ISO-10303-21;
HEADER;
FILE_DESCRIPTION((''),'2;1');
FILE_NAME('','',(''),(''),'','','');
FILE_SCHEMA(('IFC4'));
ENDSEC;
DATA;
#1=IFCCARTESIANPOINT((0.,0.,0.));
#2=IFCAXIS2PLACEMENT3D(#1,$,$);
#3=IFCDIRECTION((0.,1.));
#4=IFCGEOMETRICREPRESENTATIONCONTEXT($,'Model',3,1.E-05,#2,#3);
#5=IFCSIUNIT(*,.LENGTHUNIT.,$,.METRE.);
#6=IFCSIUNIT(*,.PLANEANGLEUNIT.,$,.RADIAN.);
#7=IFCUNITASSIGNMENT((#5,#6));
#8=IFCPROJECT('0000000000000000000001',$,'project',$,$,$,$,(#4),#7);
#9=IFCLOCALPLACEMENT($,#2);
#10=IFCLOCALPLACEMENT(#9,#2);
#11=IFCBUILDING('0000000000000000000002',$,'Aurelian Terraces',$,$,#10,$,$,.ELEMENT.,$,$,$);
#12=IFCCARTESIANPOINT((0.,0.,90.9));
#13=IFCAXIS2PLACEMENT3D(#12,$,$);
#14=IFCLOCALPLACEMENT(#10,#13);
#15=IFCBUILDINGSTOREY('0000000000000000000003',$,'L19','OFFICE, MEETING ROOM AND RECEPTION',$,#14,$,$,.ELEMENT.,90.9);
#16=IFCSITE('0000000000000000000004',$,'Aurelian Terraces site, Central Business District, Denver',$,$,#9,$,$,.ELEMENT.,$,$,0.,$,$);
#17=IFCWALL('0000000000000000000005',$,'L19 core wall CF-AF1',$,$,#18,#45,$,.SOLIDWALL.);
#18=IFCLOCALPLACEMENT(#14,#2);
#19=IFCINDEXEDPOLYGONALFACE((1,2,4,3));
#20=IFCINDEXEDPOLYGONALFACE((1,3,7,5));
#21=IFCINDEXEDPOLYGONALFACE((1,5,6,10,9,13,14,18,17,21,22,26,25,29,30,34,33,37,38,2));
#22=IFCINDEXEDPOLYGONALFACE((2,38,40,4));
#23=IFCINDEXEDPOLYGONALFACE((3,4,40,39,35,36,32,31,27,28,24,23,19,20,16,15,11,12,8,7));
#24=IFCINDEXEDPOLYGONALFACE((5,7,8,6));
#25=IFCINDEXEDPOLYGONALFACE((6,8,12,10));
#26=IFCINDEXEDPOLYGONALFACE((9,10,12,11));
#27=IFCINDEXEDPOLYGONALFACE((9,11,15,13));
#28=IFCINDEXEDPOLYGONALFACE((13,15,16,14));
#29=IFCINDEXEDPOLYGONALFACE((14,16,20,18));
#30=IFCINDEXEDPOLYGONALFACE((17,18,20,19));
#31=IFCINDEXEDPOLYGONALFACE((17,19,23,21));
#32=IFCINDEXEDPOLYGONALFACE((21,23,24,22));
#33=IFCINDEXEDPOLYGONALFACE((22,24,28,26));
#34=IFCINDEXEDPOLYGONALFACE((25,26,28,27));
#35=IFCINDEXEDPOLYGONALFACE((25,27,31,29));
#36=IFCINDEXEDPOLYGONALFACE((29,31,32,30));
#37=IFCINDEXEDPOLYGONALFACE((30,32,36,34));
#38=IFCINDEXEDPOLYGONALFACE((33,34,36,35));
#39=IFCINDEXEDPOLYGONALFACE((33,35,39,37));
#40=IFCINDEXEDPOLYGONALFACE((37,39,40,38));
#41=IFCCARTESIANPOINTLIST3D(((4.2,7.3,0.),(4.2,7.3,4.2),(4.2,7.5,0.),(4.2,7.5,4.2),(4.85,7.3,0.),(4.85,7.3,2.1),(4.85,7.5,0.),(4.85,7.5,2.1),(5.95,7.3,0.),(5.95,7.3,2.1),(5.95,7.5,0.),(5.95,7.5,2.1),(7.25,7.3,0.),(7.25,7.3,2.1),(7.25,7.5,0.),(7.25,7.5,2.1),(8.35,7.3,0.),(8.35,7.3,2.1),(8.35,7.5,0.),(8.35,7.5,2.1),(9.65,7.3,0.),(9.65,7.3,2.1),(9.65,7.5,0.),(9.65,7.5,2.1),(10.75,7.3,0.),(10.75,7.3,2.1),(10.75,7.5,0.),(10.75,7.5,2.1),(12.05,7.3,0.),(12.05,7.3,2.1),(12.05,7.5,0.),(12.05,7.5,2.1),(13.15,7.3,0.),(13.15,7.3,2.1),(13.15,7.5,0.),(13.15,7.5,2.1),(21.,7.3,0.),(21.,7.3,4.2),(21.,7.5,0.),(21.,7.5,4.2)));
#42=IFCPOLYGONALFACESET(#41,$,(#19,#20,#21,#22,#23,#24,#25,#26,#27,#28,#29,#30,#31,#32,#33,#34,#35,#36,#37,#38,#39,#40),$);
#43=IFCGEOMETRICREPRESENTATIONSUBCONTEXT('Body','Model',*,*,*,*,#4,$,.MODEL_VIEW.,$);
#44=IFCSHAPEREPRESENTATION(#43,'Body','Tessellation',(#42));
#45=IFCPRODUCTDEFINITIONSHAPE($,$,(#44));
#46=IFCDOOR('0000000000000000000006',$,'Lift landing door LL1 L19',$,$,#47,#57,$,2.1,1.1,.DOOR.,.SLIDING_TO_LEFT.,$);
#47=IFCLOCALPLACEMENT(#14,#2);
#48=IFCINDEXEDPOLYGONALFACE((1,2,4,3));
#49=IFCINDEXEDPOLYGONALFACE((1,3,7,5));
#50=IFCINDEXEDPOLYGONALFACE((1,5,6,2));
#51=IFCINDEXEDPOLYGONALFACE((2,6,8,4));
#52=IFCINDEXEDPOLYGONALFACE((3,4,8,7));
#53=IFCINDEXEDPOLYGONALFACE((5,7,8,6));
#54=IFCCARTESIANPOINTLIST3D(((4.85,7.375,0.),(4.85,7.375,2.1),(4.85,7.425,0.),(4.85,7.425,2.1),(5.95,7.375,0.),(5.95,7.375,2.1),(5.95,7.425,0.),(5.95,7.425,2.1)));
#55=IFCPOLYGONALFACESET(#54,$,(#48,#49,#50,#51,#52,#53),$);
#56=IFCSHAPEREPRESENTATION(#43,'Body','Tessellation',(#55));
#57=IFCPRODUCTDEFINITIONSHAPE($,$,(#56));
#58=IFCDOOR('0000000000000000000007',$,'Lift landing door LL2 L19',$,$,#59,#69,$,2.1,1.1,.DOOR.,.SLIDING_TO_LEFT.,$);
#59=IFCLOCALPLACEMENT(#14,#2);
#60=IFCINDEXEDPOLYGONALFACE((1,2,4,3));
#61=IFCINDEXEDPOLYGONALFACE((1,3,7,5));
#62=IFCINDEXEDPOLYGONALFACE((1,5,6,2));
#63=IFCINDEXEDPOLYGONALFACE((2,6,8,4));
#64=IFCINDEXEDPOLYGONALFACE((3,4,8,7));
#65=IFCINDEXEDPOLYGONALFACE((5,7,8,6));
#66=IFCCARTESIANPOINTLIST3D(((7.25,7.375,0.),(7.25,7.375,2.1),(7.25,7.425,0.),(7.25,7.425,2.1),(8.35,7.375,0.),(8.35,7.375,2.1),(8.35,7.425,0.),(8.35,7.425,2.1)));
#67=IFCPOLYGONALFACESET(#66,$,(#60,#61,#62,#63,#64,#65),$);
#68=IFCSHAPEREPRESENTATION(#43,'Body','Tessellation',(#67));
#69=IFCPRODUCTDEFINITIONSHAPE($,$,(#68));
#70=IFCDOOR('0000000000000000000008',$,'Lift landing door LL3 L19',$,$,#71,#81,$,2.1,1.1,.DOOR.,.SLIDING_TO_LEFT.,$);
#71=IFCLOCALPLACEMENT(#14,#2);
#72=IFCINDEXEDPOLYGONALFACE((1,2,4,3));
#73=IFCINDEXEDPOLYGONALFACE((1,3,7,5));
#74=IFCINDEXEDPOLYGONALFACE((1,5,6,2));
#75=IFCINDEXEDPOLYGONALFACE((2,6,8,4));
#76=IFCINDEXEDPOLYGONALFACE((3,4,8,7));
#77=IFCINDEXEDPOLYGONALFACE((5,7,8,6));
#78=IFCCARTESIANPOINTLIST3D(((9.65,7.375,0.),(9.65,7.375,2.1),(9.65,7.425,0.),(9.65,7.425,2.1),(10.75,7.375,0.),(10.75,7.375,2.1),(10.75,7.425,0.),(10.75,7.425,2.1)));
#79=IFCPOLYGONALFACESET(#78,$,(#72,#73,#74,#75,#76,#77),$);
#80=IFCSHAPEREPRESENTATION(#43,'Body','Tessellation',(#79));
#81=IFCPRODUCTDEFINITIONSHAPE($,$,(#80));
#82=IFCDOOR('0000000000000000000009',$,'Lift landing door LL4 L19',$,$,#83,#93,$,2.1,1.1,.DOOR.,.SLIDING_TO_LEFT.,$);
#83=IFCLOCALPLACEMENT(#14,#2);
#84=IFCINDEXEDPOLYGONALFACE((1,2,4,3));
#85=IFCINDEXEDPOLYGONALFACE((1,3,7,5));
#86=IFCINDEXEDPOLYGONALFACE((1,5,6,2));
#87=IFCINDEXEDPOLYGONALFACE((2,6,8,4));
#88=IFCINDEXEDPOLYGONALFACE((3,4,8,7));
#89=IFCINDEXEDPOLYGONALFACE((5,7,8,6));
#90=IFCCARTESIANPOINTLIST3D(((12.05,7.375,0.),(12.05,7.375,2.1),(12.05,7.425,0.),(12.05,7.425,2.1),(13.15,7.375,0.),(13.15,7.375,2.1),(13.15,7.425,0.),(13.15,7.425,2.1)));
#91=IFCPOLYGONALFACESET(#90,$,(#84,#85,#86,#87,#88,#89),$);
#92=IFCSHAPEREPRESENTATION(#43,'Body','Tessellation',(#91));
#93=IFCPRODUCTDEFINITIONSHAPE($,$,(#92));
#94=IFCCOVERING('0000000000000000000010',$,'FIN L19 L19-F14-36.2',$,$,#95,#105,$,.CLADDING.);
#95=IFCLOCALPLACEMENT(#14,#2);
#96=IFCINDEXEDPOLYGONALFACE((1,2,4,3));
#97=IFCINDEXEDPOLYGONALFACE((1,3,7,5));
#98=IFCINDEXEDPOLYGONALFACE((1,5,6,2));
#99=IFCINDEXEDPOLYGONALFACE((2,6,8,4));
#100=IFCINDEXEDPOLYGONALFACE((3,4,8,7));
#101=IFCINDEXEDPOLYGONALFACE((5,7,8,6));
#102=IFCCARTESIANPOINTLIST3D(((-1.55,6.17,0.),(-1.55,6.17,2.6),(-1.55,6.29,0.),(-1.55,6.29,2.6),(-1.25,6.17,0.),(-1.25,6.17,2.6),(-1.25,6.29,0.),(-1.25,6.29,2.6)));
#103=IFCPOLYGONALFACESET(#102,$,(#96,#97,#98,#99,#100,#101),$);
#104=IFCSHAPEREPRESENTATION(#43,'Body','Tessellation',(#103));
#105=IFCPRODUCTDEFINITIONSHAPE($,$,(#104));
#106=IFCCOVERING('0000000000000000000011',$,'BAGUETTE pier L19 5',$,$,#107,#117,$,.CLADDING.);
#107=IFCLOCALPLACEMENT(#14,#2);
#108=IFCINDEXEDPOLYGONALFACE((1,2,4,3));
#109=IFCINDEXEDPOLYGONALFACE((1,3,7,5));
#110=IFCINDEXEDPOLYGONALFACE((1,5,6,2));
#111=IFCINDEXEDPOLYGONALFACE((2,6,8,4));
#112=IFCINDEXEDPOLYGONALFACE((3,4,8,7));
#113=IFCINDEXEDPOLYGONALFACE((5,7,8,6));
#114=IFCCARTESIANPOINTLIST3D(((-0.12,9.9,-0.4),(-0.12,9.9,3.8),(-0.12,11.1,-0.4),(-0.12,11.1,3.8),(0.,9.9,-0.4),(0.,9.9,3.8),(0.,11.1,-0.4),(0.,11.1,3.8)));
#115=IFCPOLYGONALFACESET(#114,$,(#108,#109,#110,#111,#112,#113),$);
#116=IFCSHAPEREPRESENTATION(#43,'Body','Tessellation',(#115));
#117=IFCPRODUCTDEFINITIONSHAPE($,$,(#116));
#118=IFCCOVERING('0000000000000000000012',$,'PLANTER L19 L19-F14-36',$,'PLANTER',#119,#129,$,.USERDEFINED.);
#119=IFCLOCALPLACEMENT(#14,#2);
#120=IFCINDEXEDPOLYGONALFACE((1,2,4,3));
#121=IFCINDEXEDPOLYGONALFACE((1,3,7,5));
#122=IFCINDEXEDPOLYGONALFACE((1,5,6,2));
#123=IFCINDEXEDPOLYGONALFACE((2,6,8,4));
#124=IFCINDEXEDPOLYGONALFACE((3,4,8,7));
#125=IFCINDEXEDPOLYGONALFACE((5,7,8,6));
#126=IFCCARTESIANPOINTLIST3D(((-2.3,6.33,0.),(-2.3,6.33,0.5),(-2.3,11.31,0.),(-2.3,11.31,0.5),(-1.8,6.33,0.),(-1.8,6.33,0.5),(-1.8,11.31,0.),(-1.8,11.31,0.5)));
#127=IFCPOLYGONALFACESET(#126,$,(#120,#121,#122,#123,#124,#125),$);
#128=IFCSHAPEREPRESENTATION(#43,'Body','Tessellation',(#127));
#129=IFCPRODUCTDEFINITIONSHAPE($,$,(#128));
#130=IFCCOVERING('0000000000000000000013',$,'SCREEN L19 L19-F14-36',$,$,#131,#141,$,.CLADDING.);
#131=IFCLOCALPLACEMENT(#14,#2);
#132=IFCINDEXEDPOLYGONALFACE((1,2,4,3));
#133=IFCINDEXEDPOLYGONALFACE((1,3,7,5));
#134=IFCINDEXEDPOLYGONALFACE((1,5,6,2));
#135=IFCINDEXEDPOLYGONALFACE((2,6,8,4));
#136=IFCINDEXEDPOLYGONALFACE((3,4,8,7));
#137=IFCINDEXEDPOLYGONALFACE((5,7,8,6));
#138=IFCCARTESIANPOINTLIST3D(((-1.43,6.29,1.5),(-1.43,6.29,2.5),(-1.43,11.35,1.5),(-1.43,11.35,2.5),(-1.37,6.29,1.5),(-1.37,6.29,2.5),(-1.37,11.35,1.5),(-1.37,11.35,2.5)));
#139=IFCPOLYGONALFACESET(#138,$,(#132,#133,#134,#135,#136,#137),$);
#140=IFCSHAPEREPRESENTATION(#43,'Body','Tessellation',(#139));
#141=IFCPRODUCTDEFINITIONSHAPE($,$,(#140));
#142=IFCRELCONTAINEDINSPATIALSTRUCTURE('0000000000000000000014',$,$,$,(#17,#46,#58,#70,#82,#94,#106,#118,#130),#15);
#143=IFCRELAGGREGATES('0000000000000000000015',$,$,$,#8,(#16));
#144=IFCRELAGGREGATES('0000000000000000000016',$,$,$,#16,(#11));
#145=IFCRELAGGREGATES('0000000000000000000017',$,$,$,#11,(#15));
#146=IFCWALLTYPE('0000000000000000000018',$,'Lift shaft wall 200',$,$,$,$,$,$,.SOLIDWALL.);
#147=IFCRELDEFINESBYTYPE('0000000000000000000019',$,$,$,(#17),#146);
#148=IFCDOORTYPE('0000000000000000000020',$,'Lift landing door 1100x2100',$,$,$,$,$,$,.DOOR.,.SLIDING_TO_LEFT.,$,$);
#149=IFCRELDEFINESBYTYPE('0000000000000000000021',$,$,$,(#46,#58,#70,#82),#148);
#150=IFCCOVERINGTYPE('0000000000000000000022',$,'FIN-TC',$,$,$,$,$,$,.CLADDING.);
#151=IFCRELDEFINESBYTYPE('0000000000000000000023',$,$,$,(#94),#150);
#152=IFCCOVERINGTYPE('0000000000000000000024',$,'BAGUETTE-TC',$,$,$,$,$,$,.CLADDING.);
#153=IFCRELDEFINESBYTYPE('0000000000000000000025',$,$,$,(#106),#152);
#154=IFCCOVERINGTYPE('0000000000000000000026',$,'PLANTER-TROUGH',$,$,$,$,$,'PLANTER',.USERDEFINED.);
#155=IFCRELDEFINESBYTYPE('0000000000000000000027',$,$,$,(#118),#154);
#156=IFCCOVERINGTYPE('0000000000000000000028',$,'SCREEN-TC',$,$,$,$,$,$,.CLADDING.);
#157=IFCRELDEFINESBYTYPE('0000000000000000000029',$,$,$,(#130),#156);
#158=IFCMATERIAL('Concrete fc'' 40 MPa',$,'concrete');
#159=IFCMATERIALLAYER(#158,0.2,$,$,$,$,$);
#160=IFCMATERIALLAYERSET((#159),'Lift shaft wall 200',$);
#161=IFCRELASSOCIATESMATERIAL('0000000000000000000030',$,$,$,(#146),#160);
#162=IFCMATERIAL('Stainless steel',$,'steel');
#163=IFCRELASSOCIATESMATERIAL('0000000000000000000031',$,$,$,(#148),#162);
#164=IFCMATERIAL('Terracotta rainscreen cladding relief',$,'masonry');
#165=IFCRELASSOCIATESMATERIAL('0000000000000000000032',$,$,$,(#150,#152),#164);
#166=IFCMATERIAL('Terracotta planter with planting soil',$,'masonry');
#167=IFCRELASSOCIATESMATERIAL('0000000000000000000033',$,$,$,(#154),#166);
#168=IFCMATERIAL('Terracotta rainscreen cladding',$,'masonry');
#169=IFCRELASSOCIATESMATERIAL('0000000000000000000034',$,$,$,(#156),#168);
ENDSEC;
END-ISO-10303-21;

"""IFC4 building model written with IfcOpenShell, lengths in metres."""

from ifc_helpers import new_model, si_unit, direction, frame, frame_2d, origin, origin_2d, place, context, subcontext, project, spatial, rectangle, extrude, source, transform, mapped, material, layer, layer_set, type_object, element, fill, save


model = new_model("IFC4")

# Units and contexts
model_context = context("Model", 3, precision=1e-05, world=origin(), true_north=direction((0.0, 1.0)))
body_context = subcontext(model_context, "Body", "Model", "MODEL_VIEW")
ifc_project = project(units=[si_unit("LENGTHUNIT", "METRE"), si_unit("PLANEANGLEUNIT", "RADIAN")], contexts=[model_context])

# Site, building, storey
site_placement = place(None, origin())
site = spatial("IfcSite", under=ifc_project, at=site_placement, Name="Aurelian Terraces site, Central Business District, Denver", CompositionType="ELEMENT", RefElevation=0.0)
building_placement = place(site_placement, origin())
building = spatial("IfcBuilding", under=site, at=building_placement, Name="Aurelian Terraces", CompositionType="ELEMENT")
storey_placement = place(building_placement, frame((0.0, 0.0, 90.9)))
storey = spatial("IfcBuildingStorey", under=building, at=storey_placement, Name="L19", Description="OFFICE, MEETING ROOM AND RECEPTION", CompositionType="ELEMENT", Elevation=90.9)

# Shared definitions
ifc_material_1 = material(Name="Terracotta rainscreen cladding", Category="masonry")

# Wall, openings, doors
ifc_material_2 = material(Name="Concrete fc' 40 MPa", Category="concrete")
ifc_layer_1 = layer(ifc_material_2, 0.2)
ifc_layer_set_1 = layer_set([ifc_layer_1], Name="Lift shaft wall 200")
wall_type_1 = type_object("IfcWallType", Name="Lift shaft wall 200", PredefinedType="SOLIDWALL", material=ifc_layer_set_1)
shared_shape_1 = source(origin(), body_context, "Body", "SweptSolid", [
    extrude(rectangle(XDim=16.8, YDim=0.2, at=frame_2d((8.4, 0.0))), origin(), (0.0, 0.0, 1.0), 4.2),
])
wall_1_placement = place(storey_placement, frame((4.2, 7.4, 0.0), z_axis=(0.0, 0.0, 1.0), x_axis=(1.0, 0.0, 0.0)))
wall_1 = element("IfcWall", 1, at=wall_1_placement, inside=storey, type_object=wall_type_1, Name="L19 core wall CF-AF1", PredefinedType="SOLIDWALL", context=body_context, shape_type="MappedRepresentation", body=[
    mapped(shared_shape_1, transform((0.0, 0.0, 0.0), scale=1.0)),
])
shared_shape_2 = source(origin(), body_context, "Body", "SweptSolid", [
    extrude(rectangle(XDim=1.1, YDim=2.1, at=frame_2d((0.55, 1.05))), frame((0.0, 0.11, 0.0), z_axis=(0.0, -1.0, 0.0), x_axis=(1.0, 0.0, 0.0)), (0.0, 0.0, 1.0), 0.22),
])
opening_1_placement = place(wall_1_placement, frame((0.65, 0.0, 0.0)))
opening_1 = element("IfcOpeningElement", 2, at=opening_1_placement, cuts=wall_1, PredefinedType="OPENING", context=body_context, shape_type="MappedRepresentation", body=[
    mapped(shared_shape_2, transform((0.0, 0.0, 0.0), scale=1.0)),
])
opening_2_placement = place(wall_1_placement, frame((3.05, 0.0, 0.0)))
opening_2 = element("IfcOpeningElement", 3, at=opening_2_placement, cuts=wall_1, PredefinedType="OPENING", context=body_context, shape_type="MappedRepresentation", body=[
    mapped(shared_shape_2, transform((0.0, 0.0, 0.0), scale=1.0)),
])
opening_3_placement = place(wall_1_placement, frame((5.45, 0.0, 0.0)))
opening_3 = element("IfcOpeningElement", 4, at=opening_3_placement, cuts=wall_1, PredefinedType="OPENING", context=body_context, shape_type="MappedRepresentation", body=[
    mapped(shared_shape_2, transform((0.0, 0.0, 0.0), scale=1.0)),
])
opening_4_placement = place(wall_1_placement, frame((7.85, 0.0, 0.0)))
opening_4 = element("IfcOpeningElement", 5, at=opening_4_placement, cuts=wall_1, PredefinedType="OPENING", context=body_context, shape_type="MappedRepresentation", body=[
    mapped(shared_shape_2, transform((0.0, 0.0, 0.0), scale=1.0)),
])
ifc_material_3 = material(Name="Stainless steel", Category="steel")
door_type_1 = type_object("IfcDoorType", Name="Lift landing door 1100x2100", OperationType="SLIDING_TO_LEFT", PredefinedType="DOOR", material=ifc_material_3)
shared_shape_3 = source(origin(), body_context, "Body", "SweptSolid", [
    extrude(rectangle(XDim=1.1, YDim=2.1, at=frame_2d((0.55, 1.05))), frame((0.0, 0.025, 0.0), z_axis=(0.0, -1.0, 0.0), x_axis=(1.0, 0.0, 0.0)), (0.0, 0.0, 1.0), 0.05),
])
door_1_placement = place(opening_1_placement, origin())
door_1 = element("IfcDoor", 6, at=door_1_placement, inside=storey, type_object=door_type_1, Name="Lift landing door LL1 L19", OperationType="SLIDING_TO_LEFT", OverallHeight=2.1, OverallWidth=1.1, PredefinedType="DOOR", context=body_context, shape_type="MappedRepresentation", body=[
    mapped(shared_shape_3, transform((0.0, 0.0, 0.0), scale=1.0)),
])
fill(opening_1, door_1)
door_2_placement = place(opening_2_placement, origin())
door_2 = element("IfcDoor", 7, at=door_2_placement, inside=storey, type_object=door_type_1, Name="Lift landing door LL2 L19", OperationType="SLIDING_TO_LEFT", OverallHeight=2.1, OverallWidth=1.1, PredefinedType="DOOR", context=body_context, shape_type="MappedRepresentation", body=[
    mapped(shared_shape_3, transform((0.0, 0.0, 0.0), scale=1.0)),
])
fill(opening_2, door_2)
door_3_placement = place(opening_3_placement, origin())
door_3 = element("IfcDoor", 8, at=door_3_placement, inside=storey, type_object=door_type_1, Name="Lift landing door LL3 L19", OperationType="SLIDING_TO_LEFT", OverallHeight=2.1, OverallWidth=1.1, PredefinedType="DOOR", context=body_context, shape_type="MappedRepresentation", body=[
    mapped(shared_shape_3, transform((0.0, 0.0, 0.0), scale=1.0)),
])
fill(opening_3, door_3)
door_4_placement = place(opening_4_placement, origin())
door_4 = element("IfcDoor", 9, at=door_4_placement, inside=storey, type_object=door_type_1, Name="Lift landing door LL4 L19", OperationType="SLIDING_TO_LEFT", OverallHeight=2.1, OverallWidth=1.1, PredefinedType="DOOR", context=body_context, shape_type="MappedRepresentation", body=[
    mapped(shared_shape_3, transform((0.0, 0.0, 0.0), scale=1.0)),
])
fill(opening_4, door_4)

# Coverings
ifc_material_4 = material(Name="Terracotta rainscreen cladding relief", Category="masonry")
covering_type_1 = type_object("IfcCoveringType", Name="FIN-TC", PredefinedType="CLADDING", material=ifc_material_4)
shared_shape_4 = source(origin(), body_context, "Body", "SweptSolid", [
    extrude(rectangle(XDim=0.3, YDim=0.12, at=origin_2d()), origin(), (0.0, 0.0, 1.0), 2.6),
])
covering_1_placement = place(storey_placement, frame((-1.4, 6.23, 0.0), z_axis=(0.0, 0.0, 1.0), x_axis=(1.0, 0.0, 0.0)))
element("IfcCovering", 10, at=covering_1_placement, inside=storey, type_object=covering_type_1, Name="FIN L19 L19-F14-36.2", PredefinedType="CLADDING", context=body_context, shape_type="MappedRepresentation", body=[
    mapped(shared_shape_4, transform((0.0, 0.0, 0.0), scale=1.0)),
])
covering_type_2 = type_object("IfcCoveringType", Name="BAGUETTE-TC", PredefinedType="CLADDING", material=ifc_material_4)
shared_shape_5 = source(origin(), body_context, "Body", "SweptSolid", [
    extrude(rectangle(XDim=0.12, YDim=1.2, at=origin_2d()), origin(), (0.0, 0.0, 1.0), 4.2),
])
covering_2_placement = place(storey_placement, frame((-0.06, 10.5, -0.4), z_axis=(0.0, 0.0, 1.0), x_axis=(1.0, 0.0, 0.0)))
element("IfcCovering", 11, at=covering_2_placement, inside=storey, type_object=covering_type_2, Name="BAGUETTE pier L19 5", PredefinedType="CLADDING", context=body_context, shape_type="MappedRepresentation", body=[
    mapped(shared_shape_5, transform((0.0, 0.0, 0.0), scale=1.0)),
])
ifc_material_5 = material(Name="Terracotta planter with planting soil", Category="masonry")
covering_type_3 = type_object("IfcCoveringType", Name="PLANTER-TROUGH", ElementType="PLANTER", PredefinedType="USERDEFINED", material=ifc_material_5)
shared_shape_6 = source(origin(), body_context, "Body", "SweptSolid", [
    extrude(rectangle(XDim=0.5, YDim=4.98, at=origin_2d()), origin(), (0.0, 0.0, 1.0), 0.5),
])
covering_3_placement = place(storey_placement, frame((-2.05, 8.82, 0.0), z_axis=(0.0, 0.0, 1.0), x_axis=(1.0, 0.0, 0.0)))
element("IfcCovering", 12, at=covering_3_placement, inside=storey, type_object=covering_type_3, Name="PLANTER L19 L19-F14-36", ObjectType="PLANTER", PredefinedType="USERDEFINED", context=body_context, shape_type="MappedRepresentation", body=[
    mapped(shared_shape_6, transform((0.0, 0.0, 0.0), scale=1.0)),
])
covering_type_4 = type_object("IfcCoveringType", Name="SCREEN-TC", PredefinedType="CLADDING", material=ifc_material_1)
shared_shape_7 = source(origin(), body_context, "Body", "SweptSolid", [
    extrude(rectangle(XDim=0.06, YDim=5.06, at=origin_2d()), origin(), (0.0, 0.0, 1.0), 1.0),
])
covering_4_placement = place(storey_placement, frame((-1.4, 8.82, 1.5), z_axis=(0.0, 0.0, 1.0), x_axis=(1.0, 0.0, 0.0)))
element("IfcCovering", 13, at=covering_4_placement, inside=storey, type_object=covering_type_4, Name="SCREEN L19 L19-F14-36", PredefinedType="CLADDING", context=body_context, shape_type="MappedRepresentation", body=[
    mapped(shared_shape_7, transform((0.0, 0.0, 0.0), scale=1.0)),
])

save(model, "model.ifc")
